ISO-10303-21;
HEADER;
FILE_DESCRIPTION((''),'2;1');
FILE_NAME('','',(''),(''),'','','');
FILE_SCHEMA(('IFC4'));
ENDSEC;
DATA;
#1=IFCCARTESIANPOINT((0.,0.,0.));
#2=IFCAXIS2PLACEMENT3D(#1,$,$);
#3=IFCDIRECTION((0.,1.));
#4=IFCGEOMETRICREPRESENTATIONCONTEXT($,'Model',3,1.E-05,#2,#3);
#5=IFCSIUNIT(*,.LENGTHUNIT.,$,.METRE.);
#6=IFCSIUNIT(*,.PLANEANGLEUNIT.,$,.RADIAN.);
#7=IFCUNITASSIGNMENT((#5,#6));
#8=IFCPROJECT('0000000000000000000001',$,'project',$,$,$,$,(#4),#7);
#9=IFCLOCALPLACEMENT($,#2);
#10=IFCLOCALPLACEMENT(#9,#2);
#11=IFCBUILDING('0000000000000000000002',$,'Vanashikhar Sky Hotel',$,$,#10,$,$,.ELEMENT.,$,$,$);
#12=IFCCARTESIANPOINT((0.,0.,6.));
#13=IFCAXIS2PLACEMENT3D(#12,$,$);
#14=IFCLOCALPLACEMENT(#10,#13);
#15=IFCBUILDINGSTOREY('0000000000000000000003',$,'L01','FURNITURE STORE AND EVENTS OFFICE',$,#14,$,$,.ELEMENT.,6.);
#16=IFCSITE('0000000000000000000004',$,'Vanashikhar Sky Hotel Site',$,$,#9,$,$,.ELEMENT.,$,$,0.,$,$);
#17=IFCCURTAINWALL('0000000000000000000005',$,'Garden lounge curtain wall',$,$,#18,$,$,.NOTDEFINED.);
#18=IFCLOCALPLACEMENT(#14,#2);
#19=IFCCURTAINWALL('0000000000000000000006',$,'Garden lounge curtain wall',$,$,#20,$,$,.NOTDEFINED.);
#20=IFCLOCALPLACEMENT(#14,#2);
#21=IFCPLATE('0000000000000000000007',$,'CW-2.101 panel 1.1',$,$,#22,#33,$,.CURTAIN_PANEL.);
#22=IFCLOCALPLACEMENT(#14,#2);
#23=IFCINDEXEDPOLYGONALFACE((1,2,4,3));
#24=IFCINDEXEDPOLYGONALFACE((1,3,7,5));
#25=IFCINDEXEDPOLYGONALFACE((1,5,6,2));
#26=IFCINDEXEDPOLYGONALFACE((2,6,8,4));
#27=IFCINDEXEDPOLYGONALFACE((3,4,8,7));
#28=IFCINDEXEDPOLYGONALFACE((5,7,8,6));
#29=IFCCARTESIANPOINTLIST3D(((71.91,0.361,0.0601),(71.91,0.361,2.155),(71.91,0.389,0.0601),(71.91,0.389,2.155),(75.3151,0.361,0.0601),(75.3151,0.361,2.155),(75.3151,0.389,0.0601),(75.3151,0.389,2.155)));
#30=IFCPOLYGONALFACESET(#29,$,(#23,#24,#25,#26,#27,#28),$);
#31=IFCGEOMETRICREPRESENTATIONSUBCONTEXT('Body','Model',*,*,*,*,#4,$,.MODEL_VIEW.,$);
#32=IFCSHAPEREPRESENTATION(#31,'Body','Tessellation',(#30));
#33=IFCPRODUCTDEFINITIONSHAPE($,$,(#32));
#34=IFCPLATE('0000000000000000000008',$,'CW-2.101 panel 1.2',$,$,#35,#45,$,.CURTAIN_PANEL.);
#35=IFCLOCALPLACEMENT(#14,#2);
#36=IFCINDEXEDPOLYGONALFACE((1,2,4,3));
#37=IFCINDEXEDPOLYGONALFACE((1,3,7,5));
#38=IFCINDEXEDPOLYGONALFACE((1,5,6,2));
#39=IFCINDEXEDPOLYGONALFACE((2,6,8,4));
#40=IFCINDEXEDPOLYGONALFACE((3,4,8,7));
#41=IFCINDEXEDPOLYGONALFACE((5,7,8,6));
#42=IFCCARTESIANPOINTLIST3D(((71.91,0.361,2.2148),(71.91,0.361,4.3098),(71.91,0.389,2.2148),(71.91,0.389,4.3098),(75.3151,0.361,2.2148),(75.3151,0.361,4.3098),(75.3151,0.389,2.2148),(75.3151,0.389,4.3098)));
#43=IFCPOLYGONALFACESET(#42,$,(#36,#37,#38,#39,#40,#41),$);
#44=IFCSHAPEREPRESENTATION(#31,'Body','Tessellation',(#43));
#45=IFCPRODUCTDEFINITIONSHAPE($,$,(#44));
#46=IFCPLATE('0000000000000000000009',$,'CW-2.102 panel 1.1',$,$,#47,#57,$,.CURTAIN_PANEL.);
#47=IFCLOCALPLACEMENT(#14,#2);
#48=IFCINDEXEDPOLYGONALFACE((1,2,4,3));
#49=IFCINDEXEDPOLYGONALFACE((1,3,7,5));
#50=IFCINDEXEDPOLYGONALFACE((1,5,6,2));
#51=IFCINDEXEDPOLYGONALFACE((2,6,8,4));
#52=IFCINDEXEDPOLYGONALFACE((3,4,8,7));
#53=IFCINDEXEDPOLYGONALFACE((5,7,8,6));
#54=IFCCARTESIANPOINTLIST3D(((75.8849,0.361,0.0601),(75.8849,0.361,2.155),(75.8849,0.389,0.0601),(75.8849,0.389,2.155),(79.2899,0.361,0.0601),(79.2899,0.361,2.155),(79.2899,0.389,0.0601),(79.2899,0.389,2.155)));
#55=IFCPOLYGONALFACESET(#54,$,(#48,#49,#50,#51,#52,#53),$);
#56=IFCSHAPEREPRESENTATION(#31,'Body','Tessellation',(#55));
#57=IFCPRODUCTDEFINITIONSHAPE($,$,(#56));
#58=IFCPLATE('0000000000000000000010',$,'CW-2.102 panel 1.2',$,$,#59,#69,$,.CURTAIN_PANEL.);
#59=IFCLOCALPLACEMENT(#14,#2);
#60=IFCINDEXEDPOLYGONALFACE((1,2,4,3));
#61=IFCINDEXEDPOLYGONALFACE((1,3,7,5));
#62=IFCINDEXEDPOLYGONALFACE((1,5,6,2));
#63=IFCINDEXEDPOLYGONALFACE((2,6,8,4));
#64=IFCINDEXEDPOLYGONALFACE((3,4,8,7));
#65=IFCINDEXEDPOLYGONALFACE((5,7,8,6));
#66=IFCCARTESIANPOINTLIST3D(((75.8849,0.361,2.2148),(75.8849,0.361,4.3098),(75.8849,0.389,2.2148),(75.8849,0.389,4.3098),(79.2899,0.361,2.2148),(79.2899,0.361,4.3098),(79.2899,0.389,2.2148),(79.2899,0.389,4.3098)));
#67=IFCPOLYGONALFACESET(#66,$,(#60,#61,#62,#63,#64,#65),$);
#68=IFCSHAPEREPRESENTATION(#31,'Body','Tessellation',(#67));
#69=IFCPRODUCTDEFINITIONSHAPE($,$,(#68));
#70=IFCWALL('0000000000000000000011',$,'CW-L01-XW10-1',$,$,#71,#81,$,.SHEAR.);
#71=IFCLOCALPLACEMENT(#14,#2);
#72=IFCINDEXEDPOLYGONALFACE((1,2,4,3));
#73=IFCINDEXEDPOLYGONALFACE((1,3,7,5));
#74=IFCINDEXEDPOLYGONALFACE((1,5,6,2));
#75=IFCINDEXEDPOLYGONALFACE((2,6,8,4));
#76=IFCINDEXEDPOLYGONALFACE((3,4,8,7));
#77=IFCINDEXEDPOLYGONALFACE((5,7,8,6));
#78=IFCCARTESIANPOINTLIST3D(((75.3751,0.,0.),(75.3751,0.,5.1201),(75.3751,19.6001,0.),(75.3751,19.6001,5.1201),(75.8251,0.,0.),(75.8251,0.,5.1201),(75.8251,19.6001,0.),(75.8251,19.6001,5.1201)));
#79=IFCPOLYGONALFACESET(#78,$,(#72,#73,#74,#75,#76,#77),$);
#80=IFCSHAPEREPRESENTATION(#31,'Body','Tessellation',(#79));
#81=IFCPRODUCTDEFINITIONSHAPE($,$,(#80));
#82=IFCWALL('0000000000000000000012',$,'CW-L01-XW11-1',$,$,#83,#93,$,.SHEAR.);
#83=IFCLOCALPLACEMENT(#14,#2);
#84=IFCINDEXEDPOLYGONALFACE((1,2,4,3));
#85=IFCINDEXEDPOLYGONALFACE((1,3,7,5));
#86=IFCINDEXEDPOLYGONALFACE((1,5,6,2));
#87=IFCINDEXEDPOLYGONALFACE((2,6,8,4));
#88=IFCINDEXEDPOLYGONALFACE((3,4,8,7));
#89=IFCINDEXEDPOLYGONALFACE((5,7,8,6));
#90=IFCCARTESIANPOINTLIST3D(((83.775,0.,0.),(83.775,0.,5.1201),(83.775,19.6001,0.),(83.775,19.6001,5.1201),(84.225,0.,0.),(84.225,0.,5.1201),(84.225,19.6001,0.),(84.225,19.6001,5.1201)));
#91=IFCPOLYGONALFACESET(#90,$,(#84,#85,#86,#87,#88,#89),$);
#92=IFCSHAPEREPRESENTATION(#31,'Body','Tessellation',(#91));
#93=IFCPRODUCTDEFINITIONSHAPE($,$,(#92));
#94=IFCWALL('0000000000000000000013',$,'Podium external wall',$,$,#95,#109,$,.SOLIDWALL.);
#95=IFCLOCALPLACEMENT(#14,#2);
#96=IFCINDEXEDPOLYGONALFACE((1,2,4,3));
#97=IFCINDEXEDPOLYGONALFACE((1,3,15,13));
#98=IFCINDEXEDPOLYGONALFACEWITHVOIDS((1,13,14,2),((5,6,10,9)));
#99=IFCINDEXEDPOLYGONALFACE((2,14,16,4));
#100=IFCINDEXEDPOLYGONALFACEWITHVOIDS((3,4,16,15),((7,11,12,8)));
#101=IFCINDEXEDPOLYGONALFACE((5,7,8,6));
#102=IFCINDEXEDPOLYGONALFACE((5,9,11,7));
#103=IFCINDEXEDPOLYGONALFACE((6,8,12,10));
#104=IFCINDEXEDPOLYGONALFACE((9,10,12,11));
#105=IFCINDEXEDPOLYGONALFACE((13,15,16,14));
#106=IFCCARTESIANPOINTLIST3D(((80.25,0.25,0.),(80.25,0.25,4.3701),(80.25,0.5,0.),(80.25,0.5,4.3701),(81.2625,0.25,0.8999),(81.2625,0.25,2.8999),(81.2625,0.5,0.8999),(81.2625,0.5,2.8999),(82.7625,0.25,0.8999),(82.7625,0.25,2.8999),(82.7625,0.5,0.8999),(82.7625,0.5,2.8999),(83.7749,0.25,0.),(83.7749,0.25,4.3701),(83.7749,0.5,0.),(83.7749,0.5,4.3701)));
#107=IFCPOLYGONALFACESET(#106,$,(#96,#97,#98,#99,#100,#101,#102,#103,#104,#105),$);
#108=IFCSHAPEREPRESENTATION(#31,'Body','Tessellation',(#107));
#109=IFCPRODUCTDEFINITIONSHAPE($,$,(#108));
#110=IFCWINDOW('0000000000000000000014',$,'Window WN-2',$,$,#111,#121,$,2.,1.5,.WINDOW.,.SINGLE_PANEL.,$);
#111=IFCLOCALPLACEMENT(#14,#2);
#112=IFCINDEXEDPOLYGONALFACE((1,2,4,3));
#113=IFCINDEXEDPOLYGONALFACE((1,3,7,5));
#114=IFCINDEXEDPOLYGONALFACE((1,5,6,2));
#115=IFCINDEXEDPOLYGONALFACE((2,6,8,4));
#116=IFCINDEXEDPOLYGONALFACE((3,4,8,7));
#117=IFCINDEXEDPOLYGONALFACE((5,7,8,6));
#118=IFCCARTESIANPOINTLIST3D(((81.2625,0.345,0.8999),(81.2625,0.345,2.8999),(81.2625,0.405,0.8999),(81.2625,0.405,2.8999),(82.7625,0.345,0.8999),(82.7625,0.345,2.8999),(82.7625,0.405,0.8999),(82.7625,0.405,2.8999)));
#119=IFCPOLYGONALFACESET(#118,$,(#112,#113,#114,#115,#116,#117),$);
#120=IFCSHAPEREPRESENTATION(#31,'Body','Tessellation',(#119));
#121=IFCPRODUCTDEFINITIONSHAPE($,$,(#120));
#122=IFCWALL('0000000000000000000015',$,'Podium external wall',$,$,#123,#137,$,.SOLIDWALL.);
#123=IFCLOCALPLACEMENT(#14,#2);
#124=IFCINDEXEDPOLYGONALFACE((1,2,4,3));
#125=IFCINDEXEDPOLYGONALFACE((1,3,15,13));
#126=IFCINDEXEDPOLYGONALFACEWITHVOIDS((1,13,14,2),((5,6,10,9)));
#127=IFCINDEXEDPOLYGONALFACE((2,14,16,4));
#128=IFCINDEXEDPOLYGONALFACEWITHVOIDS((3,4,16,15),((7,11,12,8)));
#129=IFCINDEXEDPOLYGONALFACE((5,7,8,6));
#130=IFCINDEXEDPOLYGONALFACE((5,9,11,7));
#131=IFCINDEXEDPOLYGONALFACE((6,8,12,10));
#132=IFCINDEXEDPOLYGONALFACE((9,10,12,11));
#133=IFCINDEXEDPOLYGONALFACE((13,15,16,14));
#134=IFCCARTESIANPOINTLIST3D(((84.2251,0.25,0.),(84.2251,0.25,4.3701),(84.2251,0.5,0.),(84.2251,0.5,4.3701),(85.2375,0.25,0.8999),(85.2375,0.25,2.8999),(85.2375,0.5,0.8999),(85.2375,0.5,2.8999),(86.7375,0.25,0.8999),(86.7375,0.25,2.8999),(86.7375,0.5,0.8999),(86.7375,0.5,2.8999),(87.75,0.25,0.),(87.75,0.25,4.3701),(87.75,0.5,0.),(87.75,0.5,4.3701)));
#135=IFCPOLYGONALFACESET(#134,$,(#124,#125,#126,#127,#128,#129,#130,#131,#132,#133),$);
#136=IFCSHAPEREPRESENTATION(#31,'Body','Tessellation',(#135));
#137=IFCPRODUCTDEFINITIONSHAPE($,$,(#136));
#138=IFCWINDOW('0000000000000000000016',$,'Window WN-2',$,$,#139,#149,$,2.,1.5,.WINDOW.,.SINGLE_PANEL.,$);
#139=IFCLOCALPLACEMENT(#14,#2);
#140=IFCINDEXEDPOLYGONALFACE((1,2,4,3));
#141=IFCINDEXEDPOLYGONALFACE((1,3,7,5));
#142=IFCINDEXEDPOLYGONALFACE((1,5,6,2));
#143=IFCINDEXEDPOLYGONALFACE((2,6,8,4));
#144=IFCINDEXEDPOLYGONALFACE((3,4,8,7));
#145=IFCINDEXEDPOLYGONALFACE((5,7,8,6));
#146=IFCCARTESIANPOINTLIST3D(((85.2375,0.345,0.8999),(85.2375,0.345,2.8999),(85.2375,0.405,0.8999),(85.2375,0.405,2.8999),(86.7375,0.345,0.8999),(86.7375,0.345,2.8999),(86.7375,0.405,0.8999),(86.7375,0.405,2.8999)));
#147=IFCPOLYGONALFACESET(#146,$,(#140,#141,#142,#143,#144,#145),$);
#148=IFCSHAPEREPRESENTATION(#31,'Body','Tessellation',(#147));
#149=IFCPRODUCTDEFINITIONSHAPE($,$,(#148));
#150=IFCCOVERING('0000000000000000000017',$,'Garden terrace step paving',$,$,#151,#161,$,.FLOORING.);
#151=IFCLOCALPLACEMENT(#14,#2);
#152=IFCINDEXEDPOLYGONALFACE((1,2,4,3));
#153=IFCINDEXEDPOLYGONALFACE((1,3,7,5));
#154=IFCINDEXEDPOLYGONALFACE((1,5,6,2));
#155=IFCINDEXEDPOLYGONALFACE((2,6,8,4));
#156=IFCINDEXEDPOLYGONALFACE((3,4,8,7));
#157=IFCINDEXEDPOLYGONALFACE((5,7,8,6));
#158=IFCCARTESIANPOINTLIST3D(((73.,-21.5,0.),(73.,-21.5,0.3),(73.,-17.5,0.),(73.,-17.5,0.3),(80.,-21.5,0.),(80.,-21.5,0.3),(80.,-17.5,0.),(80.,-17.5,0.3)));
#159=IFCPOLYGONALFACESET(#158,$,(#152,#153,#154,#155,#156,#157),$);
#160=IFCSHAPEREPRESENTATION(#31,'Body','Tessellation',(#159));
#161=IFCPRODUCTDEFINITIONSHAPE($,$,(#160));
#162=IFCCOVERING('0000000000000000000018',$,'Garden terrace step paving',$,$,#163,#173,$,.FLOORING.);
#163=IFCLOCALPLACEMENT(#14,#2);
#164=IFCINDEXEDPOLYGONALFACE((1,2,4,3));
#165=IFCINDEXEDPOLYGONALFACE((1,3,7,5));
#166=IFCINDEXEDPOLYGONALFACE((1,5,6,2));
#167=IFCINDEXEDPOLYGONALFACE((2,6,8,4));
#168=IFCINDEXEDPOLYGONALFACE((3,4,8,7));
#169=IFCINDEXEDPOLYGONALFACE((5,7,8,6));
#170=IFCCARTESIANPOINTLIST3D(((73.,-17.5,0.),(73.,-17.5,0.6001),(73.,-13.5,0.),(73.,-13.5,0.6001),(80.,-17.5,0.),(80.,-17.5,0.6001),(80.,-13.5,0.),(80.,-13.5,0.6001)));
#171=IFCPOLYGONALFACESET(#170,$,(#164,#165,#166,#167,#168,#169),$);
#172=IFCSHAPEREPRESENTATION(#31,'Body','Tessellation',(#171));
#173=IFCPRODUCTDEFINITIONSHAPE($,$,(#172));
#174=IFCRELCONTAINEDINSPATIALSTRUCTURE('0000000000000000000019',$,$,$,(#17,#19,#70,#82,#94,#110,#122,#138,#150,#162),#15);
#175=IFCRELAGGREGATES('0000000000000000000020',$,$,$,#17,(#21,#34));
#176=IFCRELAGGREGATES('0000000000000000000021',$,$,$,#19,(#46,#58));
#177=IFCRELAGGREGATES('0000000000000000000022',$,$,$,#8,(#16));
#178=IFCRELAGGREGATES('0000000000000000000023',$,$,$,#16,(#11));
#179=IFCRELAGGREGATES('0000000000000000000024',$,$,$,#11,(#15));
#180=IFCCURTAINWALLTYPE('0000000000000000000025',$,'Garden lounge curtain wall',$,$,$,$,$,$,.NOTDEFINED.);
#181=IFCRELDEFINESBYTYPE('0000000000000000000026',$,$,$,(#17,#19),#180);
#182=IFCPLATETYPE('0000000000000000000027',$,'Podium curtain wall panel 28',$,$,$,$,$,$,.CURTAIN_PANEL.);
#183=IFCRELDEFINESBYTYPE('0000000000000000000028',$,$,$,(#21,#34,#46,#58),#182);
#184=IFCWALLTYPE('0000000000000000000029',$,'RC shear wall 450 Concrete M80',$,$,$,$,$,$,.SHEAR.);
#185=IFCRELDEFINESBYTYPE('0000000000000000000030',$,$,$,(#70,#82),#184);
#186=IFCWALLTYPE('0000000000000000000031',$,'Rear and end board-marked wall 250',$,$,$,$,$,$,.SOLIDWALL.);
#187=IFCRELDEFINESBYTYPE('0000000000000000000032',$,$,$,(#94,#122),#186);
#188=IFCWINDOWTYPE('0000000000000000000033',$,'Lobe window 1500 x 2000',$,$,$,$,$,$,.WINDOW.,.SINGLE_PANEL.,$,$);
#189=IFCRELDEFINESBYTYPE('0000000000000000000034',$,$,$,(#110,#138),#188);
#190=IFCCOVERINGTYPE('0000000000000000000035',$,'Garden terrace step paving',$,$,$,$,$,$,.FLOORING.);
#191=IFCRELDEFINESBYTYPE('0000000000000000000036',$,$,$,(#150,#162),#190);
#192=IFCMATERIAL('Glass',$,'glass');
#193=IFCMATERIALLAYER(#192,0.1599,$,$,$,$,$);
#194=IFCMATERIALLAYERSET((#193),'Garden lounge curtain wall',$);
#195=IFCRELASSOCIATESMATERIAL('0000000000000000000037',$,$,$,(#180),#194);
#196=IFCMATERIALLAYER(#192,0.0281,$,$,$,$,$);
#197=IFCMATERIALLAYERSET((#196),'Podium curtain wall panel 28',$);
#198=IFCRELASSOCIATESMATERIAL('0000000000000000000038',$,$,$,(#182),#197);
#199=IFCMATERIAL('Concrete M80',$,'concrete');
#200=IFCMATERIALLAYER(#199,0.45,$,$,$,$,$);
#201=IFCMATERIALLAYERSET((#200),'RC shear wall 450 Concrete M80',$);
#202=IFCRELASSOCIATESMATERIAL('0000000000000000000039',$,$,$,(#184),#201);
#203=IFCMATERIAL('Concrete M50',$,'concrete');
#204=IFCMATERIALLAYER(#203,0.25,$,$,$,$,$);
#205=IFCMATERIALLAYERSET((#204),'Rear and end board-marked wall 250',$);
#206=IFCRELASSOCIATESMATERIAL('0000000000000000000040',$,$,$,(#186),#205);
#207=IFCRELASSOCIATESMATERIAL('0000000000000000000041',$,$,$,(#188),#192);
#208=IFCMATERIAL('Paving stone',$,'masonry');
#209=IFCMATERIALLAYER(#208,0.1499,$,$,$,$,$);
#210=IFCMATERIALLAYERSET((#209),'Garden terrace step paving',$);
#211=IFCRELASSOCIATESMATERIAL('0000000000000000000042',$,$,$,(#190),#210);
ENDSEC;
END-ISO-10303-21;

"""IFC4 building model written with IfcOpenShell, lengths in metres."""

from ifc_helpers import new_model, si_unit, direction, frame, frame_2d, origin, origin_2d, place, context, subcontext, project, spatial, rectangle, extrude, source, transform, mapped, material, layer, layer_set, type_object, element, fill, aggregate, save


model = new_model("IFC4")

# Units and contexts
model_context = context("Model", 3, precision=1e-05, world=origin(), true_north=direction((0.0, 1.0)))
body_context = subcontext(model_context, "Body", "Model", "MODEL_VIEW")
ifc_project = project(units=[si_unit("LENGTHUNIT", "METRE"), si_unit("PLANEANGLEUNIT", "RADIAN")], contexts=[model_context])

# Site, building, storey
site_placement = place(None, origin())
site = spatial("IfcSite", under=ifc_project, at=site_placement, Name="Vanashikhar Sky Hotel Site", CompositionType="ELEMENT", RefElevation=0.0)
building_placement = place(site_placement, origin())
building = spatial("IfcBuilding", under=site, at=building_placement, Name="Vanashikhar Sky Hotel", CompositionType="ELEMENT")
storey_placement = place(building_placement, frame((0.0, 0.0, 6.0)))
storey = spatial("IfcBuildingStorey", under=building, at=storey_placement, Name="L01", Description="FURNITURE STORE AND EVENTS OFFICE", CompositionType="ELEMENT", Elevation=6.0)

# Shared definitions
ifc_material_1 = material(Name="Concrete M50", Category="concrete")

# Curtain wall
ifc_material_2 = material(Name="Glass", Category="glass")
ifc_layer_1 = layer(ifc_material_2, 0.1599)
ifc_layer_set_1 = layer_set([ifc_layer_1], Name="Garden lounge curtain wall")
curtain_wall_type = type_object("IfcCurtainWallType", Name="Garden lounge curtain wall", PredefinedType="NOTDEFINED", material=ifc_layer_set_1)
curtain_wall_1_placement = place(storey_placement, origin())
curtain_wall_1 = element("IfcCurtainWall", 1, at=curtain_wall_1_placement, inside=storey, type_object=curtain_wall_type, Name="Garden lounge curtain wall", PredefinedType="NOTDEFINED")

# Curtain wall
curtain_wall_2_placement = place(storey_placement, origin())
curtain_wall_2 = element("IfcCurtainWall", 2, at=curtain_wall_2_placement, inside=storey, type_object=curtain_wall_type, Name="Garden lounge curtain wall", PredefinedType="NOTDEFINED")

# Plates
ifc_layer_2 = layer(ifc_material_2, 0.0281)
ifc_layer_set_2 = layer_set([ifc_layer_2], Name="Podium curtain wall panel 28")
plate_type = type_object("IfcPlateType", Name="Podium curtain wall panel 28", PredefinedType="CURTAIN_PANEL", material=ifc_layer_set_2)
shared_shape_1 = source(origin(), body_context, "Body", "SweptSolid", [
    extrude(rectangle(XDim=3.405, YDim=0.0281, at=origin_2d()), origin(), (0.0, 0.0, 1.0), 2.095),
])
plate_1_placement = place(storey_placement, frame((73.6125, 0.375, 0.0601), z_axis=(0.0, 0.0, 1.0), x_axis=(1.0, 0.0, 0.0)))
plate_1 = element("IfcPlate", 3, at=plate_1_placement, type_object=plate_type, Name="CW-2.101 panel 1.1", PredefinedType="CURTAIN_PANEL", context=body_context, shape_type="MappedRepresentation", body=[
    mapped(shared_shape_1, transform((0.0, 0.0, 0.0), scale=1.0)),
])
plate_2_placement = place(storey_placement, frame((73.6125, 0.375, 2.2148), z_axis=(0.0, 0.0, 1.0), x_axis=(1.0, 0.0, 0.0)))
plate_2 = element("IfcPlate", 4, at=plate_2_placement, type_object=plate_type, Name="CW-2.101 panel 1.2", PredefinedType="CURTAIN_PANEL", context=body_context, shape_type="MappedRepresentation", body=[
    mapped(shared_shape_1, transform((0.0, 0.0, 0.0), scale=1.0)),
])
aggregate(curtain_wall_1, [plate_1, plate_2])
plate_3_placement = place(storey_placement, frame((77.5874, 0.375, 0.0601), z_axis=(0.0, 0.0, 1.0), x_axis=(1.0, 0.0, 0.0)))
plate_3 = element("IfcPlate", 5, at=plate_3_placement, type_object=plate_type, Name="CW-2.102 panel 1.1", PredefinedType="CURTAIN_PANEL", context=body_context, shape_type="MappedRepresentation", body=[
    mapped(shared_shape_1, transform((0.0, 0.0, 0.0), scale=1.0)),
])
plate_4_placement = place(storey_placement, frame((77.5874, 0.375, 2.2148), z_axis=(0.0, 0.0, 1.0), x_axis=(1.0, 0.0, 0.0)))
plate_4 = element("IfcPlate", 6, at=plate_4_placement, type_object=plate_type, Name="CW-2.102 panel 1.2", PredefinedType="CURTAIN_PANEL", context=body_context, shape_type="MappedRepresentation", body=[
    mapped(shared_shape_1, transform((0.0, 0.0, 0.0), scale=1.0)),
])
aggregate(curtain_wall_2, [plate_3, plate_4])

# Walls
ifc_material_3 = material(Name="Concrete M80", Category="concrete")
ifc_layer_3 = layer(ifc_material_3, 0.45)
ifc_layer_set_3 = layer_set([ifc_layer_3], Name="RC shear wall 450 Concrete M80")
wall_type_1 = type_object("IfcWallType", Name="RC shear wall 450 Concrete M80", PredefinedType="SHEAR", material=ifc_layer_set_3)
shared_shape_2 = source(origin(), body_context, "Body", "SweptSolid", [
    extrude(rectangle(XDim=19.6001, YDim=0.45, at=frame_2d((9.8, 0.0))), origin(), (0.0, 0.0, 1.0), 5.1201),
])
for number, where, z_axis, x_axis, name in (
    (7, (75.6001, 0.0, 0.0), (0.0, 0.0, 1.0), (0.0, 1.0, 0.0), "CW-L01-XW10-1"),
    (8, (84.0, 0.0, 0.0), (0.0, 0.0, 1.0), (0.0, 1.0, 0.0), "CW-L01-XW11-1"),
):
    element("IfcWall", number, at=place(storey_placement, frame(where, z_axis=z_axis, x_axis=x_axis)), inside=storey, type_object=wall_type_1, Name=name, PredefinedType="SHEAR", context=body_context, shape_type="MappedRepresentation", body=[
        mapped(shared_shape_2, transform((0.0, 0.0, 0.0), scale=1.0)),
    ])

# Walls, openings, windows
ifc_layer_4 = layer(ifc_material_1, 0.25)
ifc_layer_set_4 = layer_set([ifc_layer_4], Name="Rear and end board-marked wall 250")
wall_type_2 = type_object("IfcWallType", Name="Rear and end board-marked wall 250", PredefinedType="SOLIDWALL", material=ifc_layer_set_4)
shared_shape_3 = source(origin(), body_context, "Body", "SweptSolid", [
    extrude(rectangle(XDim=3.5249, YDim=0.25, at=frame_2d((1.7625, 0.0))), origin(), (0.0, 0.0, 1.0), 4.3701),
])
wall_1_placement = place(storey_placement, frame((80.25, 0.375, 0.0), z_axis=(0.0, 0.0, 1.0), x_axis=(1.0, 0.0, 0.0)))
wall_1 = element("IfcWall", 9, at=wall_1_placement, inside=storey, type_object=wall_type_2, Name="Podium external wall", PredefinedType="SOLIDWALL", context=body_context, shape_type="MappedRepresentation", body=[
    mapped(shared_shape_3, transform((0.0, 0.0, 0.0), scale=1.0)),
])
shared_shape_4 = source(origin(), body_context, "Body", "SweptSolid", [
    extrude(rectangle(XDim=1.5, YDim=2.0, at=frame_2d((0.75, 1.0))), frame((0.0, 0.135, 0.0), z_axis=(0.0, -1.0, 0.0), x_axis=(1.0, 0.0, 0.0)), (0.0, 0.0, 1.0), 0.27),
])
opening_1_placement = place(wall_1_placement, frame((1.0125, 0.0, 0.8999)))
opening_1 = element("IfcOpeningElement", 10, at=opening_1_placement, cuts=wall_1, PredefinedType="OPENING", context=body_context, shape_type="MappedRepresentation", body=[
    mapped(shared_shape_4, transform((0.0, 0.0, 0.0), scale=1.0)),
])
window_type = type_object("IfcWindowType", Name="Lobe window 1500 x 2000", PartitioningType="SINGLE_PANEL", PredefinedType="WINDOW", material=ifc_material_2)
shared_shape_5 = source(origin(), body_context, "Body", "SweptSolid", [
    extrude(rectangle(XDim=1.5, YDim=2.0, at=frame_2d((0.75, 1.0))), frame((0.0, 0.03, 0.0), z_axis=(0.0, -1.0, 0.0), x_axis=(1.0, 0.0, 0.0)), (0.0, 0.0, 1.0), 0.0601),
])
window_1_placement = place(opening_1_placement, origin())
window_1 = element("IfcWindow", 11, at=window_1_placement, inside=storey, type_object=window_type, Name="Window WN-2", OverallHeight=2.0, OverallWidth=1.5, PartitioningType="SINGLE_PANEL", PredefinedType="WINDOW", context=body_context, shape_type="MappedRepresentation", body=[
    mapped(shared_shape_5, transform((0.0, 0.0, 0.0), scale=1.0)),
])
fill(opening_1, window_1)
wall_2_placement = place(storey_placement, frame((84.2251, 0.375, 0.0), z_axis=(0.0, 0.0, 1.0), x_axis=(1.0, 0.0, 0.0)))
wall_2 = element("IfcWall", 12, at=wall_2_placement, inside=storey, type_object=wall_type_2, Name="Podium external wall", PredefinedType="SOLIDWALL", context=body_context, shape_type="MappedRepresentation", body=[
    mapped(shared_shape_3, transform((0.0, 0.0, 0.0), scale=1.0)),
])
opening_2_placement = place(wall_2_placement, frame((1.0125, 0.0, 0.8999)))
opening_2 = element("IfcOpeningElement", 13, at=opening_2_placement, cuts=wall_2, PredefinedType="OPENING", context=body_context, shape_type="MappedRepresentation", body=[
    mapped(shared_shape_4, transform((0.0, 0.0, 0.0), scale=1.0)),
])
window_2_placement = place(opening_2_placement, origin())
window_2 = element("IfcWindow", 14, at=window_2_placement, inside=storey, type_object=window_type, Name="Window WN-2", OverallHeight=2.0, OverallWidth=1.5, PartitioningType="SINGLE_PANEL", PredefinedType="WINDOW", context=body_context, shape_type="MappedRepresentation", body=[
    mapped(shared_shape_5, transform((0.0, 0.0, 0.0), scale=1.0)),
])
fill(opening_2, window_2)

# Coverings
ifc_material_4 = material(Name="Paving stone", Category="masonry")
ifc_layer_5 = layer(ifc_material_4, 0.1499)
ifc_layer_set_5 = layer_set([ifc_layer_5], Name="Garden terrace step paving")
covering_type_1 = type_object("IfcCoveringType", Name="Garden terrace step paving", PredefinedType="FLOORING", material=ifc_layer_set_5)
shared_shape_6 = source(origin(), body_context, "Body", "SweptSolid", [
    extrude(rectangle(XDim=7.0, YDim=4.0, at=origin_2d()), origin(), (0.0, 0.0, 1.0), 0.3),
])
covering_1_placement = place(storey_placement, frame((76.5, -19.5, 0.0), z_axis=(0.0, 0.0, 1.0), x_axis=(1.0, 0.0, 0.0)))
element("IfcCovering", 15, at=covering_1_placement, inside=storey, type_object=covering_type_1, Name="Garden terrace step paving", PredefinedType="FLOORING", context=body_context, shape_type="MappedRepresentation", body=[
    mapped(shared_shape_6, transform((0.0, 0.0, 0.0), scale=1.0)),
])
shared_shape_7 = source(origin(), body_context, "Body", "SweptSolid", [
    extrude(rectangle(XDim=7.0, YDim=4.0, at=origin_2d()), origin(), (0.0, 0.0, 1.0), 0.6001),
])
covering_2_placement = place(storey_placement, frame((76.5, -15.5, 0.0), z_axis=(0.0, 0.0, 1.0), x_axis=(1.0, 0.0, 0.0)))
element("IfcCovering", 16, at=covering_2_placement, inside=storey, type_object=covering_type_1, Name="Garden terrace step paving", PredefinedType="FLOORING", context=body_context, shape_type="MappedRepresentation", body=[
    mapped(shared_shape_7, transform((0.0, 0.0, 0.0), scale=1.0)),
])

save(model, "model.ifc")
